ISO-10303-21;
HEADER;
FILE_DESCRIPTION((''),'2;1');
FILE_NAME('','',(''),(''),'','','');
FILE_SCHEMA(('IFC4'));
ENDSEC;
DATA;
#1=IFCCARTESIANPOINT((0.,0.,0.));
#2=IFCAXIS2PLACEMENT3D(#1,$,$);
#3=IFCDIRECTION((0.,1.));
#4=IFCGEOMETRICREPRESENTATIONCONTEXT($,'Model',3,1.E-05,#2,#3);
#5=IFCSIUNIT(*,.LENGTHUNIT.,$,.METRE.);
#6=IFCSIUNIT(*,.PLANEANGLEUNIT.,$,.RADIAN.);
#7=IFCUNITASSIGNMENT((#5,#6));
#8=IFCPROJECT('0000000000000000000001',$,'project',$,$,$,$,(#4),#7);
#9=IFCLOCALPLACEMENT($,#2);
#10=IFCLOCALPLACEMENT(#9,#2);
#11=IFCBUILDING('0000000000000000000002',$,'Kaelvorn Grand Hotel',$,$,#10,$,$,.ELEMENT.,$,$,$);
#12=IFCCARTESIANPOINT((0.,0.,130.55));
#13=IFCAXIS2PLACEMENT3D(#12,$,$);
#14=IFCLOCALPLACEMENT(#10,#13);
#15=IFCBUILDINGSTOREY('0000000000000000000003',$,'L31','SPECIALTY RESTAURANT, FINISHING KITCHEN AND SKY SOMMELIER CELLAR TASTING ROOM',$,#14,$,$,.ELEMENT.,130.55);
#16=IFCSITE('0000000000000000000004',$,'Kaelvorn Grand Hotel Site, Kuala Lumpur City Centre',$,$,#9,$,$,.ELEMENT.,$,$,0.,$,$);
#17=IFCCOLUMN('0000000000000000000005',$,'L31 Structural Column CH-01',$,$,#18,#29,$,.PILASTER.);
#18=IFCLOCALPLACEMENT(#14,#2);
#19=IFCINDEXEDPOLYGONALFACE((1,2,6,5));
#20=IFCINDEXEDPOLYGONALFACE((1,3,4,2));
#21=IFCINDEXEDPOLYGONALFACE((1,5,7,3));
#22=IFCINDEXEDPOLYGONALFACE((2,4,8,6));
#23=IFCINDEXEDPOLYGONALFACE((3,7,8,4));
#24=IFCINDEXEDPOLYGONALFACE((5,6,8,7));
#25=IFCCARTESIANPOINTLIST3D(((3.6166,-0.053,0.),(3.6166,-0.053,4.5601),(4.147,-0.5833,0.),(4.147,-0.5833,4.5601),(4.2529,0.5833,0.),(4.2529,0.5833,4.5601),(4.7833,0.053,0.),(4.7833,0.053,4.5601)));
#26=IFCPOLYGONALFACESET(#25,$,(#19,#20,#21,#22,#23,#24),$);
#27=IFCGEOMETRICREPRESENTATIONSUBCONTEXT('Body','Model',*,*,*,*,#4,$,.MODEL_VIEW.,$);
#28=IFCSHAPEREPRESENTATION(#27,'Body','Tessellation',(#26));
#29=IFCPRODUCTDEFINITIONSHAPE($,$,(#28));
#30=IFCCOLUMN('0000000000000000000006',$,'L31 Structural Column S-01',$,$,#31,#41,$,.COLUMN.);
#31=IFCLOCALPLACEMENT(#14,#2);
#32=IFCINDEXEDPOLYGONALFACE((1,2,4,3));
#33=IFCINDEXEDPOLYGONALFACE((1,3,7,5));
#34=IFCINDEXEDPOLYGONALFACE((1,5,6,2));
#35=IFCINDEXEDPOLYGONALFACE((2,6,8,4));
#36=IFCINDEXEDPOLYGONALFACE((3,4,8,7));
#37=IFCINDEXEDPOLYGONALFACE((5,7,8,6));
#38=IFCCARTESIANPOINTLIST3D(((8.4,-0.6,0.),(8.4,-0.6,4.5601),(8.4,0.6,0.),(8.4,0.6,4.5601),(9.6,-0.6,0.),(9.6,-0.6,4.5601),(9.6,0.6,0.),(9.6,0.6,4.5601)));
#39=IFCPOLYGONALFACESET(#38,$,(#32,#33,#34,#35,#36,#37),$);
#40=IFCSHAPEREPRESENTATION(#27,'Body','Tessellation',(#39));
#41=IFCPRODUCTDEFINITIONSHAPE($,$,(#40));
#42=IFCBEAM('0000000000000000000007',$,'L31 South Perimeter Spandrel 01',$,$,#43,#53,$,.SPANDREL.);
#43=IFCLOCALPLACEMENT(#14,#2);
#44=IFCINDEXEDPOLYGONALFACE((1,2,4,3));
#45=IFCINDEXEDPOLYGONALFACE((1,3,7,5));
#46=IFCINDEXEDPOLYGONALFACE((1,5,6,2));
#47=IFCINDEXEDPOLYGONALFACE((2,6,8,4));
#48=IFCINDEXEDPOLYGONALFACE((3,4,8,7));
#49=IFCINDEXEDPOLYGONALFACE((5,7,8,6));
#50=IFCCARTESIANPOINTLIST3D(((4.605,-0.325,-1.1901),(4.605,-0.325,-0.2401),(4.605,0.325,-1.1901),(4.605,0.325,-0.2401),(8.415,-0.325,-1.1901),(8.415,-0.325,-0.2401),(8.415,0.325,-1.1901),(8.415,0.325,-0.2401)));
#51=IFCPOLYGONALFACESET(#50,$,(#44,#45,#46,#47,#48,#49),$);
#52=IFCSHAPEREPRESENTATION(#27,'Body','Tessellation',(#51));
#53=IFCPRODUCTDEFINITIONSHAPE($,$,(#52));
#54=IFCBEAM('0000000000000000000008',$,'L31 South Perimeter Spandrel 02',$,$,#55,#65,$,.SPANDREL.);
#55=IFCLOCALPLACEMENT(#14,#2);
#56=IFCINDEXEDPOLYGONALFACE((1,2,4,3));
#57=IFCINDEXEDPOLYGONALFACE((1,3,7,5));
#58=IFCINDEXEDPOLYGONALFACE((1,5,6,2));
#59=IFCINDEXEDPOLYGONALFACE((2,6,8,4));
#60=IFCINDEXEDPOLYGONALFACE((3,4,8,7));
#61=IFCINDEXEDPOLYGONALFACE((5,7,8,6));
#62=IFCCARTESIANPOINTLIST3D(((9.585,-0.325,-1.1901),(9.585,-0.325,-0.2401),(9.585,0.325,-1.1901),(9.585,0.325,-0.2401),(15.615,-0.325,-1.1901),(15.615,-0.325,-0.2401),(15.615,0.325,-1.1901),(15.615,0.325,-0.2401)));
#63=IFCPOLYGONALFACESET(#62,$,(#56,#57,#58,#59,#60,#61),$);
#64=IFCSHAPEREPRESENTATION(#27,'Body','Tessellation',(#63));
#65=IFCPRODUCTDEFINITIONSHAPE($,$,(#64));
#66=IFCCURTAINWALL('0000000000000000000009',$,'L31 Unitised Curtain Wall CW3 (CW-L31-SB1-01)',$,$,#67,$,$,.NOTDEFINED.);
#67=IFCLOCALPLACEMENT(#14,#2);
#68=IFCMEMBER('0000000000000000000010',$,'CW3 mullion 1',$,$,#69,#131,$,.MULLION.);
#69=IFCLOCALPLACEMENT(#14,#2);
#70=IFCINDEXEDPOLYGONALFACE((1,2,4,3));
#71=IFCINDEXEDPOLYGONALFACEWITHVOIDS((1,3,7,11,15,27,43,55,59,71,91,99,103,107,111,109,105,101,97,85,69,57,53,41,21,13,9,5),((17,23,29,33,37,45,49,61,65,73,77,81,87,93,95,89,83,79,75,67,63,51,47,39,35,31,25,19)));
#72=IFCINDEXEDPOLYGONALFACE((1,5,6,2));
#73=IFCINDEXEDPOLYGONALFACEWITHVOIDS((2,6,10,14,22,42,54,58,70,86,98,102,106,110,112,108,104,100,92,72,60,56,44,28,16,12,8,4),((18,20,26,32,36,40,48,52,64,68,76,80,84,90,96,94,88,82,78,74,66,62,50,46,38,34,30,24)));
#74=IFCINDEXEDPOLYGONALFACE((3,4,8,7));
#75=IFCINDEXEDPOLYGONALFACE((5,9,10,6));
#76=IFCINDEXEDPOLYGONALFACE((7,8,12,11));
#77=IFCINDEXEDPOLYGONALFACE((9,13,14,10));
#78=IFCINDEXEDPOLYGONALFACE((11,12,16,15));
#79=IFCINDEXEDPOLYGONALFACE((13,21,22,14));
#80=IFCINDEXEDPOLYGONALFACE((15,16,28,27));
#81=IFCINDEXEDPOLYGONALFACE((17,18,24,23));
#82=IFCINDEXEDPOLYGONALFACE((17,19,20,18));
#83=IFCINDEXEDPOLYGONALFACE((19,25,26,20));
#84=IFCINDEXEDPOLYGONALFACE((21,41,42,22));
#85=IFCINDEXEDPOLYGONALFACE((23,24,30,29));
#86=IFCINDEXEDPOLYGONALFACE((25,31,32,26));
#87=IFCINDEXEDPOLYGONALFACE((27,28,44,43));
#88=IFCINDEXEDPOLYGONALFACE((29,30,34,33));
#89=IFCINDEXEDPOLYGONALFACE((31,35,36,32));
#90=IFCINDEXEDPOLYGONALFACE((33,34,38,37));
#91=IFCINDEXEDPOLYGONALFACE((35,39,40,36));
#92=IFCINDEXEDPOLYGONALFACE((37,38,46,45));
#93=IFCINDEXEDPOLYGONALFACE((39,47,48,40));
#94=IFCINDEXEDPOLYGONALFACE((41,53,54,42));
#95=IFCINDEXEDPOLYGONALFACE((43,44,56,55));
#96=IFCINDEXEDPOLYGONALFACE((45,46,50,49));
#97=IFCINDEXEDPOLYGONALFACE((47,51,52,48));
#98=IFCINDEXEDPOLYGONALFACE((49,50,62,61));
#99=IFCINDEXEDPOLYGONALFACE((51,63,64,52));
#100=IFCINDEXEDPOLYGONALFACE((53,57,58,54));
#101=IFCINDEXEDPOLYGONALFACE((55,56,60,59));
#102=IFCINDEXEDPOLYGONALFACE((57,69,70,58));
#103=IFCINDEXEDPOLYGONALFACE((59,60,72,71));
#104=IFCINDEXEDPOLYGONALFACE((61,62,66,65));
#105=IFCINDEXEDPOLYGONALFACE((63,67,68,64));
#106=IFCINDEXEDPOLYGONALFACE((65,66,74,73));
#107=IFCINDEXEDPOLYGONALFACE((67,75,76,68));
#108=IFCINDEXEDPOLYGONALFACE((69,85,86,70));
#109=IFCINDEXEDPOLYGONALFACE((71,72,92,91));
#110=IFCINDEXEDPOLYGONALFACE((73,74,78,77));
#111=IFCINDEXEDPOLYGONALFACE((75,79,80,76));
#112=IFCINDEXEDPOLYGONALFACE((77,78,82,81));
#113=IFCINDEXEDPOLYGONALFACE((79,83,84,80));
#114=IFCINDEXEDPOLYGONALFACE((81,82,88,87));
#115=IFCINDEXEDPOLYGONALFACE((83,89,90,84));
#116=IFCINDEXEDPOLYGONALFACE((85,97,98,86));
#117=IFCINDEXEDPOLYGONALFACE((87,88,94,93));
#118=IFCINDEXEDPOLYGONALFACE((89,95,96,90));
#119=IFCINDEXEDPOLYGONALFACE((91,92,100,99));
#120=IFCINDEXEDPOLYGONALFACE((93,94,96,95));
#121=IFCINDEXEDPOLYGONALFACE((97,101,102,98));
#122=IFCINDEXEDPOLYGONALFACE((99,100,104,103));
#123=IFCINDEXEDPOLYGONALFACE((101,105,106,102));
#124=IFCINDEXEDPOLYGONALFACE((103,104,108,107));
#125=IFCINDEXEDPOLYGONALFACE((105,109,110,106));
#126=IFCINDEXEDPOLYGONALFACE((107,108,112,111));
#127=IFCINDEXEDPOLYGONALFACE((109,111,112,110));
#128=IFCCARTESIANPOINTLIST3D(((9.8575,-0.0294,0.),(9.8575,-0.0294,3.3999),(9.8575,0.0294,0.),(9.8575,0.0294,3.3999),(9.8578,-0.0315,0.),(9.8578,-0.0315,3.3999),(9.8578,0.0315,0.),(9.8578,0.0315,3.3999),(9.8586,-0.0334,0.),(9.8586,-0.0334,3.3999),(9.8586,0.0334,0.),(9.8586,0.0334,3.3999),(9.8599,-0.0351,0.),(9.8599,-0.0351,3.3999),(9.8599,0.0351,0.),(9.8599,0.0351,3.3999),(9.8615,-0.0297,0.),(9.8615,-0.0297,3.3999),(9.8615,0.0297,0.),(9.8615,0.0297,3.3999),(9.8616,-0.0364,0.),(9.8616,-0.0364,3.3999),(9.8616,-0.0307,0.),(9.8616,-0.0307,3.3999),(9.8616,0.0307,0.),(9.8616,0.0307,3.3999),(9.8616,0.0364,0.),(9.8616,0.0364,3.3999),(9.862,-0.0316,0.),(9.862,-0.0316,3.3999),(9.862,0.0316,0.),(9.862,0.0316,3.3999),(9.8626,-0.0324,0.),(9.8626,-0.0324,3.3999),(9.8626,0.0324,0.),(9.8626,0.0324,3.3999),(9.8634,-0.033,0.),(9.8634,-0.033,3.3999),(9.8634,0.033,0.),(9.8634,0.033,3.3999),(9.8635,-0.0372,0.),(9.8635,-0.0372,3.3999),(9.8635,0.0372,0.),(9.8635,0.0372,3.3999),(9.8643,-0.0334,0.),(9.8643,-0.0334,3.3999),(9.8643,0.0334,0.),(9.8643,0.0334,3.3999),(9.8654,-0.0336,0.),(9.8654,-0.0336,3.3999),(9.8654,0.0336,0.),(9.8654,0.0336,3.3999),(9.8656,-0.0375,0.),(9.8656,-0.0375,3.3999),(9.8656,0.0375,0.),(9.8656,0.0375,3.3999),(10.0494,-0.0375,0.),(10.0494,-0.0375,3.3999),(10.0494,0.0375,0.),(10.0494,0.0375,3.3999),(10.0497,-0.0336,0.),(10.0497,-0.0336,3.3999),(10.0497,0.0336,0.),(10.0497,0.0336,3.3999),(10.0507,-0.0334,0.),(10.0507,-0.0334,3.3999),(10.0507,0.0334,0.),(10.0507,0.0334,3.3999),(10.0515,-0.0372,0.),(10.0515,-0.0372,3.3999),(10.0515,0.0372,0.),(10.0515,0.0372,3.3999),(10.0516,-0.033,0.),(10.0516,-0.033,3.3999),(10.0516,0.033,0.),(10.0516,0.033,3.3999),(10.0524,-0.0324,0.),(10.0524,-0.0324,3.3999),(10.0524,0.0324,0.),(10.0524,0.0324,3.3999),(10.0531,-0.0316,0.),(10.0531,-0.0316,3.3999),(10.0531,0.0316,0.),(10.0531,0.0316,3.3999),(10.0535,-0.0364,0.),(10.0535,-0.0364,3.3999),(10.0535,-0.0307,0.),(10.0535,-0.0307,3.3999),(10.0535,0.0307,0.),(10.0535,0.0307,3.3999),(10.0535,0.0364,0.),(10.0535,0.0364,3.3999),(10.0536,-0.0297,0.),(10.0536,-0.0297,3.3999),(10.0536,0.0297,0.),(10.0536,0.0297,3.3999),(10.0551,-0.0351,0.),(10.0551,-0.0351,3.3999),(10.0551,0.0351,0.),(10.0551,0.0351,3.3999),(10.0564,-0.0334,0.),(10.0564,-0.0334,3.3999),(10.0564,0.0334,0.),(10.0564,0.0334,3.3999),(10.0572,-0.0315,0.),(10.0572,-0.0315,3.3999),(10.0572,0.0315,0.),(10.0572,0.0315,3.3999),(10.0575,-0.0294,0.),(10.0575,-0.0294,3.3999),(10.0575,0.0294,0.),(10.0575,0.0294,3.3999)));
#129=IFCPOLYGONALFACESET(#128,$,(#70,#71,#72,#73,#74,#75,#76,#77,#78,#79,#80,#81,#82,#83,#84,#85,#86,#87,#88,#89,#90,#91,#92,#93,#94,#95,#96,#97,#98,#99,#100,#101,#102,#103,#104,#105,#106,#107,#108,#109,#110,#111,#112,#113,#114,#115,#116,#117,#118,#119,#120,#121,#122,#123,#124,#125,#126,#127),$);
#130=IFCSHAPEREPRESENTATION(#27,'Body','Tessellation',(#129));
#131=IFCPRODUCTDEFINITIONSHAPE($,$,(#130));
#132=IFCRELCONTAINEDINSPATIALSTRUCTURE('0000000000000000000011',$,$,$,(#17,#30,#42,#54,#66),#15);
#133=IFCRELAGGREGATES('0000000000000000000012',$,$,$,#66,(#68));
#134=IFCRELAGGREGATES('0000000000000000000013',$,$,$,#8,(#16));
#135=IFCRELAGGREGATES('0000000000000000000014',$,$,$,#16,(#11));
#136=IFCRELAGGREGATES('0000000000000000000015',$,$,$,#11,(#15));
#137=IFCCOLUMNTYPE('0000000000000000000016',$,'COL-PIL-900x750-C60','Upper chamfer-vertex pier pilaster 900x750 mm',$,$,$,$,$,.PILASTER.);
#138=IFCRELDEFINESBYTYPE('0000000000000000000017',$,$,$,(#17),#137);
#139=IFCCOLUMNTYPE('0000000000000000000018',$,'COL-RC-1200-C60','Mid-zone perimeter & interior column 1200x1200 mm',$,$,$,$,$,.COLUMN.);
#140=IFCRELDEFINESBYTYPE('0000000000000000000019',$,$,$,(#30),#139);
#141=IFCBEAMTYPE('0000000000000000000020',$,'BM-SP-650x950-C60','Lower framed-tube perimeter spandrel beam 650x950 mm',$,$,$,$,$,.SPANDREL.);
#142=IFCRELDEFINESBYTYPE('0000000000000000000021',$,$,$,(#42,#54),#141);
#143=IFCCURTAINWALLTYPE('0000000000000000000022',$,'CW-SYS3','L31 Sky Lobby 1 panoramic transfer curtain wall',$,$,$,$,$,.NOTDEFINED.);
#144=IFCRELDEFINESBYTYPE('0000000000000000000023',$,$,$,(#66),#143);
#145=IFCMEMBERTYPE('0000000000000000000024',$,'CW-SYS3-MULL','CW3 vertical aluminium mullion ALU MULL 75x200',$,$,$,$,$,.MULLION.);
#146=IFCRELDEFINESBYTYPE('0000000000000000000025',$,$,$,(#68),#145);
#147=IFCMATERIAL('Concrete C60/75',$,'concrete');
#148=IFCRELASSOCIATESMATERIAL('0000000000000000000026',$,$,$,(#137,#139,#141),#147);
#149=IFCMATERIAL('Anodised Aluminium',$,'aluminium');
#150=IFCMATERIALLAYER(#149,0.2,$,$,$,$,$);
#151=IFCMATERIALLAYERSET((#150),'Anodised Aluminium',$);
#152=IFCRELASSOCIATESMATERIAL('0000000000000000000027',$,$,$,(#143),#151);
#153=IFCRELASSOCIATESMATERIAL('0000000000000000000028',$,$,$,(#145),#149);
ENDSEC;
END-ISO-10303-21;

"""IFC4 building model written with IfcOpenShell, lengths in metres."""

from ifc_helpers import new_model, si_unit, direction, frame, origin, origin_2d, place, context, subcontext, project, spatial, rectangle, hollow_rectangle, extrude, material, layer, layer_set, material_profile, profile_set, type_object, element, aggregate, save


model = new_model("IFC4")

# Units and contexts
model_context = context("Model", 3, precision=1e-05, world=origin(), true_north=direction((0.0, 1.0)))
body_context = subcontext(model_context, "Body", "Model", "MODEL_VIEW")
ifc_project = project(units=[si_unit("LENGTHUNIT", "METRE"), si_unit("PLANEANGLEUNIT", "RADIAN")], contexts=[model_context])

# Site, building, storey
site_placement = place(None, origin())
site = spatial("IfcSite", under=ifc_project, at=site_placement, Name="Kaelvorn Grand Hotel Site, Kuala Lumpur City Centre", CompositionType="ELEMENT", RefElevation=0.0)
building_placement = place(site_placement, origin())
building = spatial("IfcBuilding", under=site, at=building_placement, Name="Kaelvorn Grand Hotel", CompositionType="ELEMENT")
storey_placement = place(building_placement, frame((0.0, 0.0, 130.55)))
storey = spatial("IfcBuildingStorey", under=building, at=storey_placement, Name="L31", Description="SPECIALTY RESTAURANT, FINISHING KITCHEN AND SKY SOMMELIER CELLAR TASTING ROOM", CompositionType="ELEMENT", Elevation=130.55)

# Columns
ifc_material_1 = material(Name="Concrete C60/75", Category="concrete")
ifc_material_profile_1 = material_profile(ifc_material_1, rectangle(XDim=0.8999, YDim=0.75, at=origin_2d()), Name="RC PILASTER 900x750")
ifc_profile_set_1 = profile_set([ifc_material_profile_1], Name="Concrete C60/75")
column_type_1 = type_object("IfcColumnType", Name="COL-PIL-900x750-C60", Description="Upper chamfer-vertex pier pilaster 900x750 mm", PredefinedType="PILASTER", material=ifc_profile_set_1)
column_1_placement = place(storey_placement, frame((4.2, 0.0, 0.0), z_axis=(0.0, 0.0, 1.0), x_axis=(0.707107, 0.707107, 0.0)))
element("IfcColumn", 1, at=column_1_placement, inside=storey, type_object=column_type_1, Name="L31 Structural Column CH-01", PredefinedType="PILASTER", context=body_context, shape_type="SweptSolid", body=[
    extrude(rectangle(XDim=0.8999, YDim=0.75, at=origin_2d()), origin(), (0.0, 0.0, 1.0), 4.5601),
])
ifc_material_profile_2 = material_profile(ifc_material_1, rectangle(XDim=1.2, YDim=1.2, at=origin_2d()), Name="RC COL 1200x1200")
ifc_profile_set_2 = profile_set([ifc_material_profile_2], Name="Concrete C60/75")
column_type_2 = type_object("IfcColumnType", Name="COL-RC-1200-C60", Description="Mid-zone perimeter & interior column 1200x1200 mm", PredefinedType="COLUMN", material=ifc_profile_set_2)
column_2_placement = place(storey_placement, frame((9.0, 0.0, 0.0), z_axis=(0.0, 0.0, 1.0), x_axis=(1.0, 0.0, 0.0)))
element("IfcColumn", 2, at=column_2_placement, inside=storey, type_object=column_type_2, Name="L31 Structural Column S-01", PredefinedType="COLUMN", context=body_context, shape_type="SweptSolid", body=[
    extrude(rectangle(XDim=1.2, YDim=1.2, at=origin_2d()), origin(), (0.0, 0.0, 1.0), 4.5601),
])

# Beams
ifc_material_profile_3 = material_profile(ifc_material_1, rectangle(XDim=0.6499, YDim=0.95, at=origin_2d()), Name="RC SPANDREL 650x950")
ifc_profile_set_3 = profile_set([ifc_material_profile_3], Name="Concrete C60/75")
beam_type = type_object("IfcBeamType", Name="BM-SP-650x950-C60", Description="Lower framed-tube perimeter spandrel beam 650x950 mm", PredefinedType="SPANDREL", material=ifc_profile_set_3)
beam_1_placement = place(storey_placement, frame((4.605, 0.0, -0.7151), z_axis=(1.0, 0.0, 0.0), x_axis=(0.0, 1.0, 0.0)))
element("IfcBeam", 3, at=beam_1_placement, inside=storey, type_object=beam_type, Name="L31 South Perimeter Spandrel 01", PredefinedType="SPANDREL", context=body_context, shape_type="SweptSolid", body=[
    extrude(rectangle(XDim=0.6499, YDim=0.95, at=origin_2d()), origin(), (0.0, 0.0, 1.0), 3.8101),
])
beam_2_placement = place(storey_placement, frame((9.585, 0.0, -0.7151), z_axis=(1.0, 0.0, 0.0), x_axis=(0.0, 1.0, 0.0)))
element("IfcBeam", 4, at=beam_2_placement, inside=storey, type_object=beam_type, Name="L31 South Perimeter Spandrel 02", PredefinedType="SPANDREL", context=body_context, shape_type="SweptSolid", body=[
    extrude(rectangle(XDim=0.6499, YDim=0.95, at=origin_2d()), origin(), (0.0, 0.0, 1.0), 6.03),
])

# Curtain wall, member
ifc_material_2 = material(Name="Anodised Aluminium", Category="aluminium")
ifc_layer_1 = layer(ifc_material_2, 0.2)
ifc_layer_set_1 = layer_set([ifc_layer_1], Name="Anodised Aluminium")
curtain_wall_type = type_object("IfcCurtainWallType", Name="CW-SYS3", Description="L31 Sky Lobby 1 panoramic transfer curtain wall", PredefinedType="NOTDEFINED", material=ifc_layer_set_1)
curtain_wall_placement = place(storey_placement, origin())
curtain_wall = element("IfcCurtainWall", 5, at=curtain_wall_placement, inside=storey, type_object=curtain_wall_type, Name="L31 Unitised Curtain Wall CW3 (CW-L31-SB1-01)", PredefinedType="NOTDEFINED")
ifc_material_profile_4 = material_profile(ifc_material_2, hollow_rectangle(XDim=0.075, YDim=0.2, WallThickness=0.0039, InnerFilletRadius=0.0039, OuterFilletRadius=0.0081, at=origin_2d()), Name="ALU MULL 75x200")
ifc_profile_set_4 = profile_set([ifc_material_profile_4], Name="Anodised Aluminium")
member_type_1 = type_object("IfcMemberType", Name="CW-SYS3-MULL", Description="CW3 vertical aluminium mullion ALU MULL 75x200", PredefinedType="MULLION", material=ifc_profile_set_4)
member_1_placement = place(storey_placement, frame((9.9575, 0.0, 0.0), z_axis=(0.0, 0.0, 1.0), x_axis=(0.0, 1.0, 0.0)))
member_1 = element("IfcMember", 6, at=member_1_placement, type_object=member_type_1, Name="CW3 mullion 1", PredefinedType="MULLION", context=body_context, shape_type="SweptSolid", body=[
    extrude(hollow_rectangle(XDim=0.075, YDim=0.2, WallThickness=0.0039, InnerFilletRadius=0.0039, OuterFilletRadius=0.0081, at=origin_2d()), origin(), (0.0, 0.0, 1.0), 3.3999),
])
aggregate(curtain_wall, [member_1])

save(model, "model.ifc")
